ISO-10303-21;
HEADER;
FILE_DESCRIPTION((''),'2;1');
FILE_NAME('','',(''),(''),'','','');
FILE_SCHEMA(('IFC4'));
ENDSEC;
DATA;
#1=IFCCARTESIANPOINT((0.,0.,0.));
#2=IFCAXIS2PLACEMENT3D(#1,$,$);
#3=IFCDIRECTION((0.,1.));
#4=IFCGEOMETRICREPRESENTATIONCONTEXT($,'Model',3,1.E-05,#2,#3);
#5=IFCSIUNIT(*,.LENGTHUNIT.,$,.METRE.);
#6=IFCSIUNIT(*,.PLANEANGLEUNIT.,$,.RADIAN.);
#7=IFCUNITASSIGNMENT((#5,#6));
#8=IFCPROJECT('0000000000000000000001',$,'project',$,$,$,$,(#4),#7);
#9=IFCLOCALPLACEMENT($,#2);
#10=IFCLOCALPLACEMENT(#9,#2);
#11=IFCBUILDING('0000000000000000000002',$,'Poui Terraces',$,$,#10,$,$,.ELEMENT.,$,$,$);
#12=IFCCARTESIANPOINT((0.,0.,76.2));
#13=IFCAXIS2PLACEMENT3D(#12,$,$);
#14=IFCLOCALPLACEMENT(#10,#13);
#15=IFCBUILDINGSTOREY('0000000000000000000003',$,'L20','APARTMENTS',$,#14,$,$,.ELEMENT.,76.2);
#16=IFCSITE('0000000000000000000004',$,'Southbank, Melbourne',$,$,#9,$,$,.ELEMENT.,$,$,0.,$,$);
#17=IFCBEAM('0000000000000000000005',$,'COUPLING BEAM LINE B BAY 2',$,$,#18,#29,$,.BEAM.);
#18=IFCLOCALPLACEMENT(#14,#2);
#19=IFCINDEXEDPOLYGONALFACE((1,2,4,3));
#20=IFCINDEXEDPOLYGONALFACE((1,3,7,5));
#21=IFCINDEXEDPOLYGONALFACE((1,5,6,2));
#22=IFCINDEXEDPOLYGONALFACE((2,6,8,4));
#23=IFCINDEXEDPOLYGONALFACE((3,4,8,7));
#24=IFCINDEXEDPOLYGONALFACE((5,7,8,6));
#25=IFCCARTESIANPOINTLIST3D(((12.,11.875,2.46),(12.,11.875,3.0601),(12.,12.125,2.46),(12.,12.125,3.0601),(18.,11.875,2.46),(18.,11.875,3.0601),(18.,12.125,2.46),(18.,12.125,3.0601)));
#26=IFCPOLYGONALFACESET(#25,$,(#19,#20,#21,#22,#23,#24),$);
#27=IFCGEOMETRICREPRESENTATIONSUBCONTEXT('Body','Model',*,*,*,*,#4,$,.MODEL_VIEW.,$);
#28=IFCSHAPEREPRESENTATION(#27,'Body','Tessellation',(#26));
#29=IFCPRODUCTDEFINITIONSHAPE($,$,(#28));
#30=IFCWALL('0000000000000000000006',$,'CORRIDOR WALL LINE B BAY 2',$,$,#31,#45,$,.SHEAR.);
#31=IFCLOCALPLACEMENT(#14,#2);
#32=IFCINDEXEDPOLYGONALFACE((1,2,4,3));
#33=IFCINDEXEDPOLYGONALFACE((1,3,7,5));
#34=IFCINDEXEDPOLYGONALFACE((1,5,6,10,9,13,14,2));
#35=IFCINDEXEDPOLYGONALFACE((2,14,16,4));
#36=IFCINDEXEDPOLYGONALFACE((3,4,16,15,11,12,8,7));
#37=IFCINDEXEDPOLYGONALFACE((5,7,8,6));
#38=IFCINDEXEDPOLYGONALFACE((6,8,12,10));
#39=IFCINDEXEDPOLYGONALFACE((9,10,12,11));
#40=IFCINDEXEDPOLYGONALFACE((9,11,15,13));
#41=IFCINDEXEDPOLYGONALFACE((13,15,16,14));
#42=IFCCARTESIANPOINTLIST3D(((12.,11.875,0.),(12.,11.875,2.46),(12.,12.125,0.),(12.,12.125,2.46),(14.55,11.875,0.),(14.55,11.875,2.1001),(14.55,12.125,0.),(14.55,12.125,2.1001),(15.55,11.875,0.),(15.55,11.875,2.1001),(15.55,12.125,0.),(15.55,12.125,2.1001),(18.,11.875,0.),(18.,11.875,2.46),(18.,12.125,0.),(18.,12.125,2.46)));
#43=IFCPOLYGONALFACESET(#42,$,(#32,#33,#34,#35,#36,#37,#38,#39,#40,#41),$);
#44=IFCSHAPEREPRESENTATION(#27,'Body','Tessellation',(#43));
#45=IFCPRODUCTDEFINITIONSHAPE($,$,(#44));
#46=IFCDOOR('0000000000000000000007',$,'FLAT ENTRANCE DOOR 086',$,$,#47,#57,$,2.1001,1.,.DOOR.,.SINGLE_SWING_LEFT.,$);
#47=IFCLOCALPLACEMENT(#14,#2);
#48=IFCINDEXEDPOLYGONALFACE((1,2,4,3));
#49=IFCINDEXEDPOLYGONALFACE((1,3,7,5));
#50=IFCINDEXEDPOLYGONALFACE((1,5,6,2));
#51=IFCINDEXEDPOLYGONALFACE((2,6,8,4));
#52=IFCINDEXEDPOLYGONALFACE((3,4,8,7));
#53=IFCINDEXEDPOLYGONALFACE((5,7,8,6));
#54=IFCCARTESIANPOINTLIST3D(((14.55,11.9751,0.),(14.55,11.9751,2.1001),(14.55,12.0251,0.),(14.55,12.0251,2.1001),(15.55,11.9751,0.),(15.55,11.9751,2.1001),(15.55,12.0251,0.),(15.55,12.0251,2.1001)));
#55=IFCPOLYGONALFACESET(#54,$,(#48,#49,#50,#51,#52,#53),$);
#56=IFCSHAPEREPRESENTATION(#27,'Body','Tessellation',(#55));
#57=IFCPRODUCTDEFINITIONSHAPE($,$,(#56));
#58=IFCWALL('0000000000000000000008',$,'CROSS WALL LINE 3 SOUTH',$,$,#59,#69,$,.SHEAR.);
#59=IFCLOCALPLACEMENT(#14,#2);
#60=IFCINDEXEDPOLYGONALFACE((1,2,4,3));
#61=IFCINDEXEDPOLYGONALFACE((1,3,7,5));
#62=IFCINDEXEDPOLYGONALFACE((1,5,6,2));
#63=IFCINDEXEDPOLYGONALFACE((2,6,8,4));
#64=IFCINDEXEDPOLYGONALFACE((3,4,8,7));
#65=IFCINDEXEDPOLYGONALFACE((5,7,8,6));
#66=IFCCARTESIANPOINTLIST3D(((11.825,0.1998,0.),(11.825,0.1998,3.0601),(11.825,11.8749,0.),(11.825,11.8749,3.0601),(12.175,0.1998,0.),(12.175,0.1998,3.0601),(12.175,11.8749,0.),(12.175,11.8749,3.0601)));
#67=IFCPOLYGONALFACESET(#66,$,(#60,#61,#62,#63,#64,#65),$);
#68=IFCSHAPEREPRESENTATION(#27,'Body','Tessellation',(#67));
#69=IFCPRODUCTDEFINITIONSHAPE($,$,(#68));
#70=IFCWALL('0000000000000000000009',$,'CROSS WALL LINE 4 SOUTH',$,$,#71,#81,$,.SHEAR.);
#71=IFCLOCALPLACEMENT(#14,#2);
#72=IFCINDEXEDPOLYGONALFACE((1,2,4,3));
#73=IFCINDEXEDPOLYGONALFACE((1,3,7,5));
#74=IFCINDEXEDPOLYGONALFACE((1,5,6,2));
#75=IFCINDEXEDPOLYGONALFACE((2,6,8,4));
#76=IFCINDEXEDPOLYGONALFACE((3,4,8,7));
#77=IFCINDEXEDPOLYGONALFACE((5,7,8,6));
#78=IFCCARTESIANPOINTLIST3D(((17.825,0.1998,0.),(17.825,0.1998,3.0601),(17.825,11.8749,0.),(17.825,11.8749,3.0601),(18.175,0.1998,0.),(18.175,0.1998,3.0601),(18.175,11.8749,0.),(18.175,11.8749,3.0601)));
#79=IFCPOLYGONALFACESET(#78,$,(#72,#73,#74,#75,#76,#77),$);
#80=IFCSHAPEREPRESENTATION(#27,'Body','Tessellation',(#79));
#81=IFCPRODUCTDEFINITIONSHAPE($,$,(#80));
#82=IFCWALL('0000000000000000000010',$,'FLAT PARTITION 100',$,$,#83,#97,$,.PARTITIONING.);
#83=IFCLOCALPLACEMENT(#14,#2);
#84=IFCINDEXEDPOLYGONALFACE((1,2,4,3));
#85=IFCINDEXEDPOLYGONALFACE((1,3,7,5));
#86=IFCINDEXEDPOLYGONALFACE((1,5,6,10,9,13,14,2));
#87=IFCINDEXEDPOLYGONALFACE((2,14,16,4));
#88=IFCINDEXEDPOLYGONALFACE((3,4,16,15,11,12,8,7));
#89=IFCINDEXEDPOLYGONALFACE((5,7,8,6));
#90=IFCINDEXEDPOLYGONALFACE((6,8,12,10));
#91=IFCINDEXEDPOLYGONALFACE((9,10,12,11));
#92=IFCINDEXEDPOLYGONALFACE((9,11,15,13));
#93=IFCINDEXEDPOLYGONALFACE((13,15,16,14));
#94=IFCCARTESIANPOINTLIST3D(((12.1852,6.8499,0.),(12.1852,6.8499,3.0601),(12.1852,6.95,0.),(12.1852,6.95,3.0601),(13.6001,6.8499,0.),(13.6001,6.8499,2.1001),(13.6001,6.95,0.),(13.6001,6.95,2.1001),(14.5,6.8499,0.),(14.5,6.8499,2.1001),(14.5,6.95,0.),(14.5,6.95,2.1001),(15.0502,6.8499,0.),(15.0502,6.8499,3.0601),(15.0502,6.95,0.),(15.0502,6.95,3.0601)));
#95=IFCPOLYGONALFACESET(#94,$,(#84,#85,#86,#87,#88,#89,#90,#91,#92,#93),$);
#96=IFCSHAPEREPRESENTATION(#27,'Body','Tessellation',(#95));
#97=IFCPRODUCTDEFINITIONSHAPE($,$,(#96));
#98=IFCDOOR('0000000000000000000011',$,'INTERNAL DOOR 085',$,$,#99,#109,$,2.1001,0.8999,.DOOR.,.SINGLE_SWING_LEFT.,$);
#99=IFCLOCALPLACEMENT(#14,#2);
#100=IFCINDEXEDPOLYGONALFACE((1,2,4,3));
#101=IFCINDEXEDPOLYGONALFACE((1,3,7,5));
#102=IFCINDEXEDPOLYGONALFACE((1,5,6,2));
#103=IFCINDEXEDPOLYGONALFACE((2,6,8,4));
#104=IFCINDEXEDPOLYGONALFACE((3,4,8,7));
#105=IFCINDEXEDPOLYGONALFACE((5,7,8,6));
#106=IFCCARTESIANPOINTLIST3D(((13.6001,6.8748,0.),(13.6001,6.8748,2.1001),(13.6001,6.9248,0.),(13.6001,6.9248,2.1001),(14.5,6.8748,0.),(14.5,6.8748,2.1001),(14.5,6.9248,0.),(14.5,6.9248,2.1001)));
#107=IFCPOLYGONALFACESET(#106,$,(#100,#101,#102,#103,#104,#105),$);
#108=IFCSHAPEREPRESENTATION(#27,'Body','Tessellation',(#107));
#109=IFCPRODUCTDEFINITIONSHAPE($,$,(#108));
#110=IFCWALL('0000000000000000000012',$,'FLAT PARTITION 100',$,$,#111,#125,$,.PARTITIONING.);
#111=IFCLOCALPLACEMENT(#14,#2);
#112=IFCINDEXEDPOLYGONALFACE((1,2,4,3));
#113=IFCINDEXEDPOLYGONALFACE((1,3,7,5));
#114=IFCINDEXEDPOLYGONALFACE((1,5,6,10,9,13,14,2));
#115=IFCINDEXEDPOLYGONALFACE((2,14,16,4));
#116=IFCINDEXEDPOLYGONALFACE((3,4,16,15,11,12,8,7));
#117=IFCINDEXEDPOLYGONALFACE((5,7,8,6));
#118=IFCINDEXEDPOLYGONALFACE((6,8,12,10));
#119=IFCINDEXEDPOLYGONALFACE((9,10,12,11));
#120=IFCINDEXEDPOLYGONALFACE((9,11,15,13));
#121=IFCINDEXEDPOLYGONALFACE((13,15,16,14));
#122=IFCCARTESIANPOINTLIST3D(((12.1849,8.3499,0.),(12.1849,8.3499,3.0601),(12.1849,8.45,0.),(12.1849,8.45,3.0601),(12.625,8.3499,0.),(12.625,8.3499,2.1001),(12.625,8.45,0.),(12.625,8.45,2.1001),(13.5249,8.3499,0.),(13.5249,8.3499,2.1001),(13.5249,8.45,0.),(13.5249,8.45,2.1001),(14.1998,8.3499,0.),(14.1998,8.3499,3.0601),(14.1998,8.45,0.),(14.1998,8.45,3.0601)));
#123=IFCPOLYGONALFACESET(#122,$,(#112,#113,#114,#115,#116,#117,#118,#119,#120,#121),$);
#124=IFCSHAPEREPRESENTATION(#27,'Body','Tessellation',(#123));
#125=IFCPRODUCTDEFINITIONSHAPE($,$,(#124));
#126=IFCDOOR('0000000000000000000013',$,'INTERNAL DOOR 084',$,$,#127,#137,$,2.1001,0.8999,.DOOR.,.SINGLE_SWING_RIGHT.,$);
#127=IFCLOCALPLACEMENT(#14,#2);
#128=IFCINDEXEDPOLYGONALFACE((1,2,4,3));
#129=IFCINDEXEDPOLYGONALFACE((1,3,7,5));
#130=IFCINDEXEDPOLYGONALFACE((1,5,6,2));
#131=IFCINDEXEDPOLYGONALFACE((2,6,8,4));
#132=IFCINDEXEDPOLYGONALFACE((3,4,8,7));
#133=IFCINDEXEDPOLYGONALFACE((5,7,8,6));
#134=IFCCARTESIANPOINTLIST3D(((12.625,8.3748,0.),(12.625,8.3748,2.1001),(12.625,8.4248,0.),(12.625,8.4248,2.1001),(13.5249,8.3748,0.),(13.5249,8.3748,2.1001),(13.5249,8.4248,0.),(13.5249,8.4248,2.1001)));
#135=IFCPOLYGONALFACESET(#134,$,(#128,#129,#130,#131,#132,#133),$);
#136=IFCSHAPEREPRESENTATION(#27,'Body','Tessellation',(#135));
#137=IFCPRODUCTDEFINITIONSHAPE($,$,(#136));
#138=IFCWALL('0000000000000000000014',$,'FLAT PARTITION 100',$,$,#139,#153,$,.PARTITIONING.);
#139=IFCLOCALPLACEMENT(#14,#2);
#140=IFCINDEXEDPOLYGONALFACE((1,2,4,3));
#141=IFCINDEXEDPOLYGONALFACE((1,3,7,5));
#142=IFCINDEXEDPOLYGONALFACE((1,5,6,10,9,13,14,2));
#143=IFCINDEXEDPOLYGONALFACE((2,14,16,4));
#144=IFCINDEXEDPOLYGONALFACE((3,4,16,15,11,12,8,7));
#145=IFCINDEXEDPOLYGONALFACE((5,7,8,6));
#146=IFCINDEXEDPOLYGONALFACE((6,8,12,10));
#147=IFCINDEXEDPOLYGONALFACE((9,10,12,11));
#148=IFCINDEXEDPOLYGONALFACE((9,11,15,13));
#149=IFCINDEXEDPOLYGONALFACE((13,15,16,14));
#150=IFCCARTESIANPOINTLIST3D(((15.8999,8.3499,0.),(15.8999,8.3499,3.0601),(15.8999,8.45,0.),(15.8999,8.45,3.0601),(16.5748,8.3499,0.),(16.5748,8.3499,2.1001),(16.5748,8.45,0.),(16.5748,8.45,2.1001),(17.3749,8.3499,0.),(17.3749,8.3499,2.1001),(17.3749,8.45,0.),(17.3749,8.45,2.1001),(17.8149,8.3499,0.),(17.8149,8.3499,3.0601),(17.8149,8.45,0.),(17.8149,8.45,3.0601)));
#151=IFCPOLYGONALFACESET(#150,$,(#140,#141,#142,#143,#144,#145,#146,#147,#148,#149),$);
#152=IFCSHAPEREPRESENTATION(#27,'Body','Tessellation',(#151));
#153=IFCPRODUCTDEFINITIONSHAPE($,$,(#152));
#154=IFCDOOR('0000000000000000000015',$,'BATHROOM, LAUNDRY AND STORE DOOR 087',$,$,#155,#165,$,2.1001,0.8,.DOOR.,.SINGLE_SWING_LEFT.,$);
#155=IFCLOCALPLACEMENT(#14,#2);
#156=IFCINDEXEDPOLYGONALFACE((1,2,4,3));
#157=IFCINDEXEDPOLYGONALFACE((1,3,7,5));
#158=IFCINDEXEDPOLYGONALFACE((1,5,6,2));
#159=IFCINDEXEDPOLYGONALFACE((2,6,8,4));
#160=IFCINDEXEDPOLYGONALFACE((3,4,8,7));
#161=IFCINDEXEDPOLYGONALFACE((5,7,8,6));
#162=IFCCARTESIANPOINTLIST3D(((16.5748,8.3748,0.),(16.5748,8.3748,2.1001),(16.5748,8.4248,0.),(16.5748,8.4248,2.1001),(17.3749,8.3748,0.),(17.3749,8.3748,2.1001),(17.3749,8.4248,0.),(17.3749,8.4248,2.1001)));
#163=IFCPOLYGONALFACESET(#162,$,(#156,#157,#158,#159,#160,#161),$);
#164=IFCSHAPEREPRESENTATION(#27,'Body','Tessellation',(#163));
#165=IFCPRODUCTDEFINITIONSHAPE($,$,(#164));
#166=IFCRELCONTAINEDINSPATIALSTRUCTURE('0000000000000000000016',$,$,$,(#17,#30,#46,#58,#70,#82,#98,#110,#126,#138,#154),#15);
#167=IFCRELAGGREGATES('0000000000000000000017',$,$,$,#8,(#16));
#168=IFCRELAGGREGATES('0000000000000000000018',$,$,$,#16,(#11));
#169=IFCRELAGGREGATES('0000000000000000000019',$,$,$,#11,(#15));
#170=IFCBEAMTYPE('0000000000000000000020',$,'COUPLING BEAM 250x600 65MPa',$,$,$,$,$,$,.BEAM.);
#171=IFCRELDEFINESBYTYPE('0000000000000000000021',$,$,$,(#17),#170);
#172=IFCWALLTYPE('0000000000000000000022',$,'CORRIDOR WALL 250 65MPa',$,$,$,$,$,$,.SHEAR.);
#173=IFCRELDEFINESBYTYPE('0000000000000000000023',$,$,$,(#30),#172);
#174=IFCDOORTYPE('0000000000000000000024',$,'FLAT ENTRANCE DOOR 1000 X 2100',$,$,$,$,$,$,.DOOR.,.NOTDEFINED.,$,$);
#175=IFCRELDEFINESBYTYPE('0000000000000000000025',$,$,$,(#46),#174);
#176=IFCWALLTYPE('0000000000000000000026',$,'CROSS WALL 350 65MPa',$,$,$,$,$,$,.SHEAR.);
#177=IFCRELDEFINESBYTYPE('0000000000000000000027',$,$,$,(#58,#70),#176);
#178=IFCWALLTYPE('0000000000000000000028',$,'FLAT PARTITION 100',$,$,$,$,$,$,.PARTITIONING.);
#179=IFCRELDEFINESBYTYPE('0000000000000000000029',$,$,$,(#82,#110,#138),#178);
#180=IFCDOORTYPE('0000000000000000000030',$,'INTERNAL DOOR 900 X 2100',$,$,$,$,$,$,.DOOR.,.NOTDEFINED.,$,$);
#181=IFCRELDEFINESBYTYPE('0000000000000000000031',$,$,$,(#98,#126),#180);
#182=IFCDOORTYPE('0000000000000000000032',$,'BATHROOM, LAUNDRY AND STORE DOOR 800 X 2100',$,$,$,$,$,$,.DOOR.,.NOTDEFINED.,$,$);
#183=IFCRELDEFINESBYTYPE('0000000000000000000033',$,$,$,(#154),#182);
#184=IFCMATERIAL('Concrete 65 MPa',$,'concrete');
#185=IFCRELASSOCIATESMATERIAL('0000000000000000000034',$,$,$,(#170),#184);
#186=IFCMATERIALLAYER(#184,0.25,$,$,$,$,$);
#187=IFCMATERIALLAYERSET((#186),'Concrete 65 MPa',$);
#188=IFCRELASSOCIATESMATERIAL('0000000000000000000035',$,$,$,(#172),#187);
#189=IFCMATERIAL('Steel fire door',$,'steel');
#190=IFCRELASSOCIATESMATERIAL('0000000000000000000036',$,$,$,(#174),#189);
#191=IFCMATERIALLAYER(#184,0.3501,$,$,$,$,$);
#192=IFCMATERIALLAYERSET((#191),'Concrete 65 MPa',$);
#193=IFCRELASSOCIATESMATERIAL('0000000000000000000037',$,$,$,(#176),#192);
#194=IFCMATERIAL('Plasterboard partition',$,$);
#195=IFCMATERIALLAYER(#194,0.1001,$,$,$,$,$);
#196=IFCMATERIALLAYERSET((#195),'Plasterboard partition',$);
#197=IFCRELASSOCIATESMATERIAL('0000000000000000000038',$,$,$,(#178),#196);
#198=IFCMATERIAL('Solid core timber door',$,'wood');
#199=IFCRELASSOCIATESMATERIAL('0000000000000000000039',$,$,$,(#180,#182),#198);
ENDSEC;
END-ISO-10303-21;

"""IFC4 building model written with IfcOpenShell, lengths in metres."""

from ifc_helpers import new_model, si_unit, direction, frame, frame_2d, origin, origin_2d, place, context, subcontext, project, spatial, rectangle, extrude, source, transform, mapped, material, layer, layer_set, material_profile, profile_set, type_object, element, fill, save


model = new_model("IFC4")

# Units and contexts
model_context = context("Model", 3, precision=1e-05, world=origin(), true_north=direction((0.0, 1.0)))
body_context = subcontext(model_context, "Body", "Model", "MODEL_VIEW")
ifc_project = project(units=[si_unit("LENGTHUNIT", "METRE"), si_unit("PLANEANGLEUNIT", "RADIAN")], contexts=[model_context])

# Site, building, storey
site_placement = place(None, origin())
site = spatial("IfcSite", under=ifc_project, at=site_placement, Name="Southbank, Melbourne", CompositionType="ELEMENT", RefElevation=0.0)
building_placement = place(site_placement, origin())
building = spatial("IfcBuilding", under=site, at=building_placement, Name="Poui Terraces", CompositionType="ELEMENT")
storey_placement = place(building_placement, frame((0.0, 0.0, 76.2)))
storey = spatial("IfcBuildingStorey", under=building, at=storey_placement, Name="L20", Description="APARTMENTS", CompositionType="ELEMENT", Elevation=76.2)

# Beam
ifc_material_1 = material(Name="Concrete 65 MPa", Category="concrete")
ifc_material_profile_1 = material_profile(ifc_material_1, rectangle(XDim=0.25, YDim=0.6001, at=origin_2d()), Name="RC 250x600")
ifc_profile_set_1 = profile_set([ifc_material_profile_1], Name="Concrete 65 MPa")
beam_type = type_object("IfcBeamType", Name="COUPLING BEAM 250x600 65MPa", PredefinedType="BEAM", material=ifc_profile_set_1)
shared_shape_1 = source(origin(), body_context, "Body", "SweptSolid", [
    extrude(rectangle(XDim=0.25, YDim=0.6001, at=origin_2d()), origin(), (0.0, 0.0, 1.0), 6.0),
])
beam_placement = place(storey_placement, frame((12.0, 12.0, 2.76), z_axis=(1.0, 0.0, 0.0), x_axis=(0.0, 1.0, 0.0)))
element("IfcBeam", 1, at=beam_placement, inside=storey, type_object=beam_type, Name="COUPLING BEAM LINE B BAY 2", PredefinedType="BEAM", context=body_context, shape_type="MappedRepresentation", body=[
    mapped(shared_shape_1, transform((0.0, 0.0, 0.0))),
])

# Wall, opening, door
ifc_layer_1 = layer(ifc_material_1, 0.25)
ifc_layer_set_1 = layer_set([ifc_layer_1], Name="Concrete 65 MPa")
wall_type_1 = type_object("IfcWallType", Name="CORRIDOR WALL 250 65MPa", PredefinedType="SHEAR", material=ifc_layer_set_1)
wall_1_placement = place(storey_placement, frame((12.0, 12.0, 0.0), z_axis=(0.0, 0.0, 1.0), x_axis=(1.0, 0.0, 0.0)))
wall_1 = element("IfcWall", 2, at=wall_1_placement, inside=storey, type_object=wall_type_1, Name="CORRIDOR WALL LINE B BAY 2", PredefinedType="SHEAR", context=body_context, shape_type="SweptSolid", body=[
    extrude(rectangle(XDim=6.0, YDim=0.25, at=frame_2d((3.0, 0.0))), origin(), (0.0, 0.0, 1.0), 2.46),
])
opening_1_placement = place(wall_1_placement, frame((2.55, 0.0, 0.0)))
opening_1 = element("IfcOpeningElement", 3, at=opening_1_placement, cuts=wall_1, PredefinedType="OPENING", context=body_context, shape_type="SweptSolid", body=[
    extrude(rectangle(XDim=1.0, YDim=2.1001, at=frame_2d((0.5, 1.05))), frame((0.0, 0.135, 0.0), z_axis=(0.0, -1.0, 0.0), x_axis=(1.0, 0.0, 0.0)), (0.0, 0.0, 1.0), 0.27),
])
ifc_material_2 = material(Name="Steel fire door", Category="steel")
door_type_1 = type_object("IfcDoorType", Name="FLAT ENTRANCE DOOR 1000 X 2100", OperationType="NOTDEFINED", PredefinedType="DOOR", material=ifc_material_2)
door_1_placement = place(opening_1_placement, frame((1.0, 0.0, 0.0), z_axis=(0.0, 0.0, 1.0), x_axis=(-1.0, 0.0, 0.0)))
door_1 = element("IfcDoor", 4, at=door_1_placement, inside=storey, type_object=door_type_1, Name="FLAT ENTRANCE DOOR 086", OperationType="SINGLE_SWING_LEFT", OverallHeight=2.1001, OverallWidth=1.0, PredefinedType="DOOR", context=body_context, shape_type="SweptSolid", body=[
    extrude(rectangle(XDim=1.0, YDim=2.1001, at=frame_2d((0.5, 1.05))), frame((0.0, 0.0249, 0.0), z_axis=(0.0, -1.0, 0.0), x_axis=(1.0, 0.0, 0.0)), (0.0, 0.0, 1.0), 0.05),
])
fill(opening_1, door_1)

# Walls
ifc_layer_2 = layer(ifc_material_1, 0.3501)
ifc_layer_set_2 = layer_set([ifc_layer_2], Name="Concrete 65 MPa")
wall_type_2 = type_object("IfcWallType", Name="CROSS WALL 350 65MPa", PredefinedType="SHEAR", material=ifc_layer_set_2)
for number, where, z_axis, x_axis, name in (
    (5, (12.0, 0.2, 0.0), (0.0, 0.0, 1.0), (0.0, 1.0, 0.0), "CROSS WALL LINE 3 SOUTH"),
    (6, (18.0, 0.2, 0.0), (0.0, 0.0, 1.0), (0.0, 1.0, 0.0), "CROSS WALL LINE 4 SOUTH"),
):
    element("IfcWall", number, at=place(storey_placement, frame(where, z_axis=z_axis, x_axis=x_axis)), inside=storey, type_object=wall_type_2, Name=name, PredefinedType="SHEAR", context=body_context, shape_type="SweptSolid", body=[
        extrude(rectangle(XDim=11.675, YDim=0.3501, at=frame_2d((5.8374, 0.0))), origin(), (0.0, 0.0, 1.0), 3.0601),
    ])

# Walls, openings, doors
ifc_material_3 = material(Name="Plasterboard partition")
ifc_layer_3 = layer(ifc_material_3, 0.1001)
ifc_layer_set_3 = layer_set([ifc_layer_3], Name="Plasterboard partition")
wall_type_3 = type_object("IfcWallType", Name="FLAT PARTITION 100", PredefinedType="PARTITIONING", material=ifc_layer_set_3)
wall_2_placement = place(storey_placement, frame((12.1851, 6.8999, 0.0), z_axis=(0.0, 0.0, 1.0), x_axis=(1.0, 0.0, 0.0)))
wall_2 = element("IfcWall", 7, at=wall_2_placement, inside=storey, type_object=wall_type_3, Name="FLAT PARTITION 100", PredefinedType="PARTITIONING", context=body_context, shape_type="SweptSolid", body=[
    extrude(rectangle(XDim=2.865, YDim=0.1001, at=frame_2d((1.4326, 0.0))), origin(), (0.0, 0.0, 1.0), 3.0601),
])
opening_2_placement = place(wall_2_placement, frame((1.415, 0.0, 0.0)))
opening_2 = element("IfcOpeningElement", 8, at=opening_2_placement, cuts=wall_2, PredefinedType="OPENING", context=body_context, shape_type="SweptSolid", body=[
    extrude(rectangle(XDim=0.8999, YDim=2.1001, at=frame_2d((0.45, 1.05))), frame((0.0, 0.0601, 0.0), z_axis=(0.0, -1.0, 0.0), x_axis=(1.0, 0.0, 0.0)), (0.0, 0.0, 1.0), 0.1201),
])
ifc_material_4 = material(Name="Solid core timber door", Category="wood")
door_type_2 = type_object("IfcDoorType", Name="INTERNAL DOOR 900 X 2100", OperationType="NOTDEFINED", PredefinedType="DOOR", material=ifc_material_4)
door_2_placement = place(opening_2_placement, origin())
door_2 = element("IfcDoor", 9, at=door_2_placement, inside=storey, type_object=door_type_2, Name="INTERNAL DOOR 085", OperationType="SINGLE_SWING_LEFT", OverallHeight=2.1001, OverallWidth=0.8999, PredefinedType="DOOR", context=body_context, shape_type="SweptSolid", body=[
    extrude(rectangle(XDim=0.8999, YDim=2.1001, at=frame_2d((0.45, 1.05))), frame((0.0, 0.0249, 0.0), z_axis=(0.0, -1.0, 0.0), x_axis=(1.0, 0.0, 0.0)), (0.0, 0.0, 1.0), 0.05),
])
fill(opening_2, door_2)
wall_3_placement = place(storey_placement, frame((12.1851, 8.3999, 0.0), z_axis=(0.0, 0.0, 1.0), x_axis=(1.0, 0.0, 0.0)))
wall_3 = element("IfcWall", 10, at=wall_3_placement, inside=storey, type_object=wall_type_3, Name="FLAT PARTITION 100", PredefinedType="PARTITIONING", context=body_context, shape_type="SweptSolid", body=[
    extrude(rectangle(XDim=2.0149, YDim=0.1001, at=frame_2d((1.0073, 0.0))), origin(), (0.0, 0.0, 1.0), 3.0601),
])
opening_3_placement = place(wall_3_placement, frame((0.4399, 0.0, 0.0)))
opening_3 = element("IfcOpeningElement", 11, at=opening_3_placement, cuts=wall_3, PredefinedType="OPENING", context=body_context, shape_type="SweptSolid", body=[
    extrude(rectangle(XDim=0.8999, YDim=2.1001, at=frame_2d((0.45, 1.05))), frame((0.0, 0.0601, 0.0), z_axis=(0.0, -1.0, 0.0), x_axis=(1.0, 0.0, 0.0)), (0.0, 0.0, 1.0), 0.1201),
])
door_3_placement = place(opening_3_placement, origin())
door_3 = element("IfcDoor", 12, at=door_3_placement, inside=storey, type_object=door_type_2, Name="INTERNAL DOOR 084", OperationType="SINGLE_SWING_RIGHT", OverallHeight=2.1001, OverallWidth=0.8999, PredefinedType="DOOR", context=body_context, shape_type="SweptSolid", body=[
    extrude(rectangle(XDim=0.8999, YDim=2.1001, at=frame_2d((0.45, 1.05))), frame((0.0, 0.0249, 0.0), z_axis=(0.0, -1.0, 0.0), x_axis=(1.0, 0.0, 0.0)), (0.0, 0.0, 1.0), 0.05),
])
fill(opening_3, door_3)
wall_4_placement = place(storey_placement, frame((15.8999, 8.3999, 0.0), z_axis=(0.0, 0.0, 1.0), x_axis=(1.0, 0.0, 0.0)))
wall_4 = element("IfcWall", 13, at=wall_4_placement, inside=storey, type_object=wall_type_3, Name="FLAT PARTITION 100", PredefinedType="PARTITIONING", context=body_context, shape_type="SweptSolid", body=[
    extrude(rectangle(XDim=1.915, YDim=0.1001, at=frame_2d((0.9575, 0.0))), origin(), (0.0, 0.0, 1.0), 3.0601),
])
opening_4_placement = place(wall_4_placement, frame((0.675, 0.0, 0.0)))
opening_4 = element("IfcOpeningElement", 14, at=opening_4_placement, cuts=wall_4, PredefinedType="OPENING", context=body_context, shape_type="SweptSolid", body=[
    extrude(rectangle(XDim=0.8, YDim=2.1001, at=frame_2d((0.3999, 1.05))), frame((0.0, 0.0601, 0.0), z_axis=(0.0, -1.0, 0.0), x_axis=(1.0, 0.0, 0.0)), (0.0, 0.0, 1.0), 0.1201),
])
door_type_3 = type_object("IfcDoorType", Name="BATHROOM, LAUNDRY AND STORE DOOR 800 X 2100", OperationType="NOTDEFINED", PredefinedType="DOOR", material=ifc_material_4)
door_4_placement = place(opening_4_placement, origin())
door_4 = element("IfcDoor", 15, at=door_4_placement, inside=storey, type_object=door_type_3, Name="BATHROOM, LAUNDRY AND STORE DOOR 087", OperationType="SINGLE_SWING_LEFT", OverallHeight=2.1001, OverallWidth=0.8, PredefinedType="DOOR", context=body_context, shape_type="SweptSolid", body=[
    extrude(rectangle(XDim=0.8, YDim=2.1001, at=frame_2d((0.3999, 1.05))), frame((0.0, 0.0249, 0.0), z_axis=(0.0, -1.0, 0.0), x_axis=(1.0, 0.0, 0.0)), (0.0, 0.0, 1.0), 0.05),
])
fill(opening_4, door_4)

save(model, "model.ifc")
